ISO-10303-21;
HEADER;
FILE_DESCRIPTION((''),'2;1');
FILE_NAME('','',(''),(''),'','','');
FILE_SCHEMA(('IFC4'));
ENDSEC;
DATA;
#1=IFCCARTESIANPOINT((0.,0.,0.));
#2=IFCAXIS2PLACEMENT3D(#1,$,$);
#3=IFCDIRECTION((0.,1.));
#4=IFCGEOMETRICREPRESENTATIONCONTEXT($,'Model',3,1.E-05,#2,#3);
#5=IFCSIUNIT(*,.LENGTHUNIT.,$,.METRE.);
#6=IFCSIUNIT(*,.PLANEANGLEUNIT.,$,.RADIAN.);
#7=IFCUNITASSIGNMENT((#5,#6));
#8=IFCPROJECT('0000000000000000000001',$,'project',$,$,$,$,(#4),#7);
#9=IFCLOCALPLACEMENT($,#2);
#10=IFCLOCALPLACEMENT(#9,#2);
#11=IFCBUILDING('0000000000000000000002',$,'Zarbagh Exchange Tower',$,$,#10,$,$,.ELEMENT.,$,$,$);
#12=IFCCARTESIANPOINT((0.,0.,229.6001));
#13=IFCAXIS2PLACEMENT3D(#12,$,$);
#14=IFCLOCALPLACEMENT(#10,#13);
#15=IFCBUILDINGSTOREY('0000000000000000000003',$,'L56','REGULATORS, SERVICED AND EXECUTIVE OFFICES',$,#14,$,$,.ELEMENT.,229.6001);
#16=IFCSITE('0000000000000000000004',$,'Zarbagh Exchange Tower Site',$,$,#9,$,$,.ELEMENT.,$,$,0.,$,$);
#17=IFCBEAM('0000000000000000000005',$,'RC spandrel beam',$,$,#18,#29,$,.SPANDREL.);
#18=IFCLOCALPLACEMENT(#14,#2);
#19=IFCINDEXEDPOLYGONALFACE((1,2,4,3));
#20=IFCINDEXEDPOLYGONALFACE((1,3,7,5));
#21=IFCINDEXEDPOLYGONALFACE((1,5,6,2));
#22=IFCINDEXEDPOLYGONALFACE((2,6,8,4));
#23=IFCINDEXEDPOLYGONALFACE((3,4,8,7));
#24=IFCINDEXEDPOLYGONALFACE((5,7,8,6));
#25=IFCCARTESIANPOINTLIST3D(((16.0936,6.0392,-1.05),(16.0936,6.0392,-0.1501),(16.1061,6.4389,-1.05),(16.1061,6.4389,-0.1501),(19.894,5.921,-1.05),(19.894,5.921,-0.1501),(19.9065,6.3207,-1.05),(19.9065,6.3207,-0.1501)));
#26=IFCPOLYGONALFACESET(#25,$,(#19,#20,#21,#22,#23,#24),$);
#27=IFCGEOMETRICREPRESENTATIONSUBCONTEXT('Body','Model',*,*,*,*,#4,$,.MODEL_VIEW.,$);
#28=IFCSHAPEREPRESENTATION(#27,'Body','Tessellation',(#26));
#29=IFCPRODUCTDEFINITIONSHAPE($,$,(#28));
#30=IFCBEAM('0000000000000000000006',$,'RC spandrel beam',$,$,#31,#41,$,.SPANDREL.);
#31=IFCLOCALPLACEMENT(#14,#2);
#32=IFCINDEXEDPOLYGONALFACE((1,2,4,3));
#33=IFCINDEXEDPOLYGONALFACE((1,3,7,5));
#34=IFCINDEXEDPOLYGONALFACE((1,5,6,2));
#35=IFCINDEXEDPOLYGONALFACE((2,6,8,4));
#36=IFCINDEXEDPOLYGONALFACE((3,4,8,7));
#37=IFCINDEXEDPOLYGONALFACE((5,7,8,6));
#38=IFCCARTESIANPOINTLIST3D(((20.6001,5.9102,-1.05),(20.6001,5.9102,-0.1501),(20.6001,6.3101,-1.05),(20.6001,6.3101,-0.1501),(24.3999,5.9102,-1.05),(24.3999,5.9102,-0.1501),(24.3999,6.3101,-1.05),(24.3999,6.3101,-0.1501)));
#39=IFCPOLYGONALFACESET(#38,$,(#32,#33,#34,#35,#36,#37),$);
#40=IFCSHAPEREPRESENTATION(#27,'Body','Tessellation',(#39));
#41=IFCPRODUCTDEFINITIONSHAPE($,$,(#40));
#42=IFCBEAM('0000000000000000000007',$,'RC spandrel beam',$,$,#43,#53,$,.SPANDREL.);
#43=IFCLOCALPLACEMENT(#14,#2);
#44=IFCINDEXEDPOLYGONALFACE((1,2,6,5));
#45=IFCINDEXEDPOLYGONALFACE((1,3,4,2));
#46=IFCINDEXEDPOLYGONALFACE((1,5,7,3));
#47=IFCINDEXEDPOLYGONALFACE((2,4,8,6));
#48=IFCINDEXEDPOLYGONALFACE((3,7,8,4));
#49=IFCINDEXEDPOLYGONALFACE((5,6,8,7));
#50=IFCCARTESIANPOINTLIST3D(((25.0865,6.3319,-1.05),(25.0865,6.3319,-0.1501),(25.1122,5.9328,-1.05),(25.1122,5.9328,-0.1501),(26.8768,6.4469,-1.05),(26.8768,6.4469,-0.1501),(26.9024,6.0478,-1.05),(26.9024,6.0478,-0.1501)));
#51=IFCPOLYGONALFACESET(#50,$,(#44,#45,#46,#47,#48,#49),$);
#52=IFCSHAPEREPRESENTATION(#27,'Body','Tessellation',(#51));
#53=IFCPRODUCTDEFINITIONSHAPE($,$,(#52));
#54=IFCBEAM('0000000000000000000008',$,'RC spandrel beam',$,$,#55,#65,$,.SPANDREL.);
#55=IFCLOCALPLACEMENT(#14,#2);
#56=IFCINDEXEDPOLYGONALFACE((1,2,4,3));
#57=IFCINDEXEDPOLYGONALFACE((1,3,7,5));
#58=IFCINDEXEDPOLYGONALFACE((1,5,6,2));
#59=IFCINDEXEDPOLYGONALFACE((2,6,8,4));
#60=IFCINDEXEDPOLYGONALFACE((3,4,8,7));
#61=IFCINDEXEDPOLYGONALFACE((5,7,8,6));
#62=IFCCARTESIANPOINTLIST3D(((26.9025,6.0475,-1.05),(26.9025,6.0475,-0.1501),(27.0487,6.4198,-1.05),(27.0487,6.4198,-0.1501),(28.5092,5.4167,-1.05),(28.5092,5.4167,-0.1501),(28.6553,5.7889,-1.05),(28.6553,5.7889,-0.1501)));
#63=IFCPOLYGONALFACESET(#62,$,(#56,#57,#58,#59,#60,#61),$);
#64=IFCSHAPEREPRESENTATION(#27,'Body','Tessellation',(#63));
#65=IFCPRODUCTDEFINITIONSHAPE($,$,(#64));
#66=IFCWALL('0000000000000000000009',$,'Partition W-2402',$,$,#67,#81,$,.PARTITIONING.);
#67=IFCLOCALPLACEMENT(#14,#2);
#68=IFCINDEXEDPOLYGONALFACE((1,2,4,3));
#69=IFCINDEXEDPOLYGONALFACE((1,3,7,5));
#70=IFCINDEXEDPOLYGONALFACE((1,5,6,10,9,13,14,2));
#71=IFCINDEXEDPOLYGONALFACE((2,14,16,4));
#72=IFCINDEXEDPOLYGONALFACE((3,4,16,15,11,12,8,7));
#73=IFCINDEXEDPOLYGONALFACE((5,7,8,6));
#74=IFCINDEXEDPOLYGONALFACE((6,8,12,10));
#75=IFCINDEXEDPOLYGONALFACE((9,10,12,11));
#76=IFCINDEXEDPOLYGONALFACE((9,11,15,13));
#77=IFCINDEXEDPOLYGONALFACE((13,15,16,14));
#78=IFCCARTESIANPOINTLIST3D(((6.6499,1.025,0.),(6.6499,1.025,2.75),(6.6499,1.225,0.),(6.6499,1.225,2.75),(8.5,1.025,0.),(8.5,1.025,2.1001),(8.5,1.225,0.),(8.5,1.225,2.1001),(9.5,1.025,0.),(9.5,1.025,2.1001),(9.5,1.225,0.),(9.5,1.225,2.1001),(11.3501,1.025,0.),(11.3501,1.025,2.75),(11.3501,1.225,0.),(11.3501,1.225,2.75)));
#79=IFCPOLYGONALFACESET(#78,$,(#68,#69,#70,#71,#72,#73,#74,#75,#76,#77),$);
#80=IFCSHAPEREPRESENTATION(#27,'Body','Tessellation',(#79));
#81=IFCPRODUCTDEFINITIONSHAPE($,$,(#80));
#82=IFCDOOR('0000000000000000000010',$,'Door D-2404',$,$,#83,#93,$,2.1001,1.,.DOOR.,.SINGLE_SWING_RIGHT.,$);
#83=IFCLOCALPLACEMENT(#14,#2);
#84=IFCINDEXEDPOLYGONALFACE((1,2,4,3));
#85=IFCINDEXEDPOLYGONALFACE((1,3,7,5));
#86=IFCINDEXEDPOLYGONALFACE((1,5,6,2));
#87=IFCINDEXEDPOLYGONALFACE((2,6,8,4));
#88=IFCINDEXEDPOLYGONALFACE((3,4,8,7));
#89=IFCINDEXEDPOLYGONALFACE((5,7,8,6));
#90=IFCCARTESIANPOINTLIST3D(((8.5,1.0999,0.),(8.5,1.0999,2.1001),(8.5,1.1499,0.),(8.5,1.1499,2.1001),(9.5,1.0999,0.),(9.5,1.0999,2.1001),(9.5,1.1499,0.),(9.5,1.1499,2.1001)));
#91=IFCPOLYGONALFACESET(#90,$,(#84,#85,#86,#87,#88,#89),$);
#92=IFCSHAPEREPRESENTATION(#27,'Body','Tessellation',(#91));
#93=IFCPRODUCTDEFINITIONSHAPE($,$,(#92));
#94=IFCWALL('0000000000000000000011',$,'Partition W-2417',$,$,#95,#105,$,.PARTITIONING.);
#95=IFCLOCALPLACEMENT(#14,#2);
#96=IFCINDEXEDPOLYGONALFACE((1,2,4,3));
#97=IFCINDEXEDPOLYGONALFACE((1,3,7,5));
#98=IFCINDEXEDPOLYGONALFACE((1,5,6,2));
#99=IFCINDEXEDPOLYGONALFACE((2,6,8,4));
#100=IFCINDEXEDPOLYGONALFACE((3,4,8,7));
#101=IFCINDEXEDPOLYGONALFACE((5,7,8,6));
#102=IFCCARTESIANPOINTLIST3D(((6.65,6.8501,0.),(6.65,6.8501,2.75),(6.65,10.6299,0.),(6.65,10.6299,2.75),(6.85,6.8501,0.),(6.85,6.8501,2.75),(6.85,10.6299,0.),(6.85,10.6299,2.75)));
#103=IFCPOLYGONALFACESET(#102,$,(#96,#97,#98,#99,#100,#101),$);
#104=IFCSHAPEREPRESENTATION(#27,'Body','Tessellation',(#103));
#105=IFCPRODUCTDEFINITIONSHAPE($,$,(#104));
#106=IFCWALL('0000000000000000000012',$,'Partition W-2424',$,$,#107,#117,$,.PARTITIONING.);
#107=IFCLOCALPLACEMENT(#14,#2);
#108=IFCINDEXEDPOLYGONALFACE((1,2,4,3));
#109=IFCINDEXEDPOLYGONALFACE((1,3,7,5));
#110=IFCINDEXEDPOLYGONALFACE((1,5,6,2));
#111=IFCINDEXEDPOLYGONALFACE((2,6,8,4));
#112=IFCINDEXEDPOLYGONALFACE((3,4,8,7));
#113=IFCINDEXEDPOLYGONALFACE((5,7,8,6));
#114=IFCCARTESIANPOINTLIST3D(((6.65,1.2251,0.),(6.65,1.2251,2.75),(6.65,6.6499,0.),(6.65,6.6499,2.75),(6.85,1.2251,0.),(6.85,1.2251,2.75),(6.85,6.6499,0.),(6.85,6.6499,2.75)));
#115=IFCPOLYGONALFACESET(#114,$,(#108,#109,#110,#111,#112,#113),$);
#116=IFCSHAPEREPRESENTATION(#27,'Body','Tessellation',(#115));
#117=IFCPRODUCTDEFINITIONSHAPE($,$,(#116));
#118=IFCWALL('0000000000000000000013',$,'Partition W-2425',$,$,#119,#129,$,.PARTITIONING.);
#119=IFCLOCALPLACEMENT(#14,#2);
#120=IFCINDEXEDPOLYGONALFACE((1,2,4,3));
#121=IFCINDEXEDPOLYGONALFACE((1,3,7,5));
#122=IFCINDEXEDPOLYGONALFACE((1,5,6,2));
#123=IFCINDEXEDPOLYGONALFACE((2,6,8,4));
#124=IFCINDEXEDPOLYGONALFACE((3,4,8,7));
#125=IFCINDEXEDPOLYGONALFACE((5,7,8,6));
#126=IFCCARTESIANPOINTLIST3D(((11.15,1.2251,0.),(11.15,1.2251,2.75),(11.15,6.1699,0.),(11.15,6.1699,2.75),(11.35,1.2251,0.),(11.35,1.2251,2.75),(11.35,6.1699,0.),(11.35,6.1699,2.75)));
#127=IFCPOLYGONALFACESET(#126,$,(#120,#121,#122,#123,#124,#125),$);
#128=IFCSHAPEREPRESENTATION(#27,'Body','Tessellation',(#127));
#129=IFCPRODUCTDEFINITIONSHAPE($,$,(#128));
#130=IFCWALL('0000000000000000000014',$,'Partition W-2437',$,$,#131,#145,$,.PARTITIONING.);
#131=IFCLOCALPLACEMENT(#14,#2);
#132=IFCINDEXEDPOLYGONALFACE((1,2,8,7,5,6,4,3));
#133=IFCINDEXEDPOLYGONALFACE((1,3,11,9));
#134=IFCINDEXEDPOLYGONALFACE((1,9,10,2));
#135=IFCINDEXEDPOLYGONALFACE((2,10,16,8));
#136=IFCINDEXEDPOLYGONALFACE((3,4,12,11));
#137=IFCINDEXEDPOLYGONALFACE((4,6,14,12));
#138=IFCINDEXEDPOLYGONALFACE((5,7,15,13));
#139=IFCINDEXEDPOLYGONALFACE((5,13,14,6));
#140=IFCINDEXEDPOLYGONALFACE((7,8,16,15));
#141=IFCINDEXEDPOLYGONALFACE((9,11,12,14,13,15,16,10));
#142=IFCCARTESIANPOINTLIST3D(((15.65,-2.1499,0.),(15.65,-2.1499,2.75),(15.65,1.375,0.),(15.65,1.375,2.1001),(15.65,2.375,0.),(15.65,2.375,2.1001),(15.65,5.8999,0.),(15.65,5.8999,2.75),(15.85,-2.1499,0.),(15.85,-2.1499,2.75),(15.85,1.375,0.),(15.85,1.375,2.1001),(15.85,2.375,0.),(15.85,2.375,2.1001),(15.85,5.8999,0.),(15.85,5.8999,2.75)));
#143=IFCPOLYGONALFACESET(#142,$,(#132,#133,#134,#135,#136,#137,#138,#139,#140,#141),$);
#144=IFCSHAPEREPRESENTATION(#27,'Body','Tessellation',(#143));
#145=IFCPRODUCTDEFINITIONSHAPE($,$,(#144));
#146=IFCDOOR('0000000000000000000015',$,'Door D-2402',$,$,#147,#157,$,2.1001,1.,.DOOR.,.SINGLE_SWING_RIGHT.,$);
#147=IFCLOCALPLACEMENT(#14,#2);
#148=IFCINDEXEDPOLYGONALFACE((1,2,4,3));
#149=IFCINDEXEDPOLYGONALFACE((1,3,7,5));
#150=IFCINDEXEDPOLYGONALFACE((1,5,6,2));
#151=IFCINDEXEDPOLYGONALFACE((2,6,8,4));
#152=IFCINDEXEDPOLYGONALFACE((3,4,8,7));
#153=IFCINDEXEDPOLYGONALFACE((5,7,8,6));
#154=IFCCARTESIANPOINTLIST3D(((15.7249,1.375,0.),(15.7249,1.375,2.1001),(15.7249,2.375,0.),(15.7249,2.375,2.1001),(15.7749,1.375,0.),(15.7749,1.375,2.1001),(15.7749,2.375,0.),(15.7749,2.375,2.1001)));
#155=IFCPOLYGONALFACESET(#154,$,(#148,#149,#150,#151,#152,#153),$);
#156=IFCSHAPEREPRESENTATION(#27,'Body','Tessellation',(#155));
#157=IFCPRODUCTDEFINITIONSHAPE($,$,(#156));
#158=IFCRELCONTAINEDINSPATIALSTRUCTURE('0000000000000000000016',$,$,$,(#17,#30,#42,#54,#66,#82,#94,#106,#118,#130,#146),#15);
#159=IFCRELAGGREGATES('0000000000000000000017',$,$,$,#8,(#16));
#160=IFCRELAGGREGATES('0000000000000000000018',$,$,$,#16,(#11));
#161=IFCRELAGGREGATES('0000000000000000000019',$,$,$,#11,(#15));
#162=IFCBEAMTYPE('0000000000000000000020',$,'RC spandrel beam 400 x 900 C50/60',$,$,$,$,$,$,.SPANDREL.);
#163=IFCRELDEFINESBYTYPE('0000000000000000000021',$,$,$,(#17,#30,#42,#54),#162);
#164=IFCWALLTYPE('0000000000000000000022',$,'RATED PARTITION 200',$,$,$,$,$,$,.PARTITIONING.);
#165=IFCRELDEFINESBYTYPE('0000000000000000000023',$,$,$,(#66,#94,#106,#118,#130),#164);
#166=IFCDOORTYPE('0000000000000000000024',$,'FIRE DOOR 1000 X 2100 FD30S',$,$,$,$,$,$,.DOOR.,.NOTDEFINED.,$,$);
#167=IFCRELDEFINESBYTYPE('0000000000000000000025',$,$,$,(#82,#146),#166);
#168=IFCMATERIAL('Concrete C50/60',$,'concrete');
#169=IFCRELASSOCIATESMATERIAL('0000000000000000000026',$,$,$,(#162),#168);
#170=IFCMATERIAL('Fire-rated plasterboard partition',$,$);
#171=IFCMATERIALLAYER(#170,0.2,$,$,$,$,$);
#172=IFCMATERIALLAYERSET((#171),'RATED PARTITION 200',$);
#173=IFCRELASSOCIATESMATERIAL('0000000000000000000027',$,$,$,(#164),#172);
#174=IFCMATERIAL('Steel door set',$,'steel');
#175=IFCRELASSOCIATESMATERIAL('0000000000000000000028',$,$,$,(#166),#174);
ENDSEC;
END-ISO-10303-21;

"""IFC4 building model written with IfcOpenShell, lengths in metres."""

from ifc_helpers import new_model, si_unit, direction, frame, frame_2d, origin, origin_2d, place, context, subcontext, project, spatial, rectangle, extrude, material, layer, layer_set, material_profile, profile_set, type_object, element, fill, save


model = new_model("IFC4")

# Units and contexts
model_context = context("Model", 3, precision=1e-05, world=origin(), true_north=direction((0.0, 1.0)))
body_context = subcontext(model_context, "Body", "Model", "MODEL_VIEW")
ifc_project = project(units=[si_unit("LENGTHUNIT", "METRE"), si_unit("PLANEANGLEUNIT", "RADIAN")], contexts=[model_context])

# Site, building, storey
site_placement = place(None, origin())
site = spatial("IfcSite", under=ifc_project, at=site_placement, Name="Zarbagh Exchange Tower Site", CompositionType="ELEMENT", RefElevation=0.0)
building_placement = place(site_placement, origin())
building = spatial("IfcBuilding", under=site, at=building_placement, Name="Zarbagh Exchange Tower", CompositionType="ELEMENT")
storey_placement = place(building_placement, frame((0.0, 0.0, 229.6001)))
storey = spatial("IfcBuildingStorey", under=building, at=storey_placement, Name="L56", Description="REGULATORS, SERVICED AND EXECUTIVE OFFICES", CompositionType="ELEMENT", Elevation=229.6001)

# Shared definitions
ifc_material_1 = material(Name="Concrete C50/60", Category="concrete")

# Beams
ifc_material_profile_1 = material_profile(ifc_material_1, rectangle(XDim=0.3999, YDim=0.8999, at=origin_2d()), Name="RC spandrel beam 400 x 900 C50/60")
ifc_profile_set_1 = profile_set([ifc_material_profile_1], Name="Concrete C50/60")
beam_type_1 = type_object("IfcBeamType", Name="RC spandrel beam 400 x 900 C50/60", PredefinedType="SPANDREL", material=ifc_profile_set_1)
beam_1_placement = place(storey_placement, frame((16.0999, 6.239, -0.6001), z_axis=(0.999517, -0.031078, 0.0), x_axis=(0.031078, 0.999517, 0.0)))
element("IfcBeam", 1, at=beam_1_placement, inside=storey, type_object=beam_type_1, Name="RC spandrel beam", PredefinedType="SPANDREL", context=body_context, shape_type="SweptSolid", body=[
    extrude(rectangle(XDim=0.3999, YDim=0.8999, at=origin_2d()), origin(), (0.0, 0.0, 1.0), 3.8022),
])
beam_2_placement = place(storey_placement, frame((20.6001, 6.1101, -0.6001), z_axis=(1.0, 0.0, 0.0), x_axis=(0.0, 1.0, 0.0)))
element("IfcBeam", 2, at=beam_2_placement, inside=storey, type_object=beam_type_1, Name="RC spandrel beam", PredefinedType="SPANDREL", context=body_context, shape_type="SweptSolid", body=[
    extrude(rectangle(XDim=0.3999, YDim=0.8999, at=origin_2d()), origin(), (0.0, 0.0, 1.0), 3.7998),
])
beam_3_placement = place(storey_placement, frame((25.0994, 6.1323, -0.6001), z_axis=(0.997944, 0.064098, 0.0), x_axis=(-0.064098, 0.997944, 0.0)))
element("IfcBeam", 3, at=beam_3_placement, inside=storey, type_object=beam_type_1, Name="RC spandrel beam", PredefinedType="SPANDREL", context=body_context, shape_type="SweptSolid", body=[
    extrude(rectangle(XDim=0.3999, YDim=0.8999, at=origin_2d()), origin(), (0.0, 0.0, 1.0), 1.7939),
])
beam_4_placement = place(storey_placement, frame((26.9756, 6.2336, -0.6001), z_axis=(0.930819, -0.365482, 0.0), x_axis=(0.365482, 0.930819, 0.0)))
element("IfcBeam", 4, at=beam_4_placement, inside=storey, type_object=beam_type_1, Name="RC spandrel beam", PredefinedType="SPANDREL", context=body_context, shape_type="SweptSolid", body=[
    extrude(rectangle(XDim=0.3999, YDim=0.8999, at=origin_2d()), origin(), (0.0, 0.0, 1.0), 1.7261),
])

# Wall, opening, door
ifc_material_2 = material(Name="Fire-rated plasterboard partition")
ifc_layer = layer(ifc_material_2, 0.2)
ifc_layer_set = layer_set([ifc_layer], Name="RATED PARTITION 200")
wall_type = type_object("IfcWallType", Name="RATED PARTITION 200", PredefinedType="PARTITIONING", material=ifc_layer_set)
wall_1_placement = place(storey_placement, frame((6.6499, 1.125, 0.0), z_axis=(0.0, 0.0, 1.0), x_axis=(1.0, 0.0, 0.0)))
wall_1 = element("IfcWall", 5, at=wall_1_placement, inside=storey, type_object=wall_type, Name="Partition W-2402", PredefinedType="PARTITIONING", context=body_context, shape_type="SweptSolid", body=[
    extrude(rectangle(XDim=4.7002, YDim=0.2, at=frame_2d((2.3501, 0.0))), origin(), (0.0, 0.0, 1.0), 2.75),
])
opening_1_placement = place(wall_1_placement, frame((1.8501, 0.0, 0.0)))
opening_1 = element("IfcOpeningElement", 6, at=opening_1_placement, cuts=wall_1, PredefinedType="OPENING", context=body_context, shape_type="SweptSolid", body=[
    extrude(rectangle(XDim=1.0, YDim=2.1001, at=frame_2d((0.5, 1.05))), frame((0.0, 0.1099, 0.0), z_axis=(0.0, -1.0, 0.0), x_axis=(1.0, 0.0, 0.0)), (0.0, 0.0, 1.0), 0.22),
])
ifc_material_3 = material(Name="Steel door set", Category="steel")
door_type = type_object("IfcDoorType", Name="FIRE DOOR 1000 X 2100 FD30S", OperationType="NOTDEFINED", PredefinedType="DOOR", material=ifc_material_3)
door_1_placement = place(opening_1_placement, origin())
door_1 = element("IfcDoor", 7, at=door_1_placement, inside=storey, type_object=door_type, Name="Door D-2404", OperationType="SINGLE_SWING_RIGHT", OverallHeight=2.1001, OverallWidth=1.0, PredefinedType="DOOR", context=body_context, shape_type="SweptSolid", body=[
    extrude(rectangle(XDim=1.0, YDim=2.1001, at=frame_2d((0.5, 1.05))), frame((0.0, 0.0249, 0.0), z_axis=(0.0, -1.0, 0.0), x_axis=(1.0, 0.0, 0.0)), (0.0, 0.0, 1.0), 0.05),
])
fill(opening_1, door_1)

# Walls
wall_2_placement = place(storey_placement, frame((6.75, 6.8501, 0.0), z_axis=(0.0, 0.0, 1.0), x_axis=(0.0, 1.0, 0.0)))
element("IfcWall", 8, at=wall_2_placement, inside=storey, type_object=wall_type, Name="Partition W-2417", PredefinedType="PARTITIONING", context=body_context, shape_type="SweptSolid", body=[
    extrude(rectangle(XDim=3.7798, YDim=0.2, at=frame_2d((1.8899, 0.0))), origin(), (0.0, 0.0, 1.0), 2.75),
])
wall_3_placement = place(storey_placement, frame((6.75, 1.2251, 0.0), z_axis=(0.0, 0.0, 1.0), x_axis=(0.0, 1.0, 0.0)))
element("IfcWall", 9, at=wall_3_placement, inside=storey, type_object=wall_type, Name="Partition W-2424", PredefinedType="PARTITIONING", context=body_context, shape_type="SweptSolid", body=[
    extrude(rectangle(XDim=5.4248, YDim=0.2, at=frame_2d((2.7124, 0.0))), origin(), (0.0, 0.0, 1.0), 2.75),
])
wall_4_placement = place(storey_placement, frame((11.25, 1.2251, 0.0), z_axis=(0.0, 0.0, 1.0), x_axis=(0.0, 1.0, 0.0)))
element("IfcWall", 10, at=wall_4_placement, inside=storey, type_object=wall_type, Name="Partition W-2425", PredefinedType="PARTITIONING", context=body_context, shape_type="SweptSolid", body=[
    extrude(rectangle(XDim=4.9448, YDim=0.2, at=frame_2d((2.4724, 0.0))), origin(), (0.0, 0.0, 1.0), 2.75),
])

# Wall, opening, door
wall_5_placement = place(storey_placement, frame((15.75, 5.8999, 0.0), z_axis=(0.0, 0.0, 1.0), x_axis=(0.0, -1.0, 0.0)))
wall_5 = element("IfcWall", 11, at=wall_5_placement, inside=storey, type_object=wall_type, Name="Partition W-2437", PredefinedType="PARTITIONING", context=body_context, shape_type="SweptSolid", body=[
    extrude(rectangle(XDim=8.0498, YDim=0.2, at=frame_2d((4.0249, 0.0))), origin(), (0.0, 0.0, 1.0), 2.75),
])
opening_2_placement = place(wall_5_placement, frame((3.5249, 0.0, 0.0)))
opening_2 = element("IfcOpeningElement", 12, at=opening_2_placement, cuts=wall_5, PredefinedType="OPENING", context=body_context, shape_type="SweptSolid", body=[
    extrude(rectangle(XDim=1.0, YDim=2.1001, at=frame_2d((0.5, 1.05))), frame((0.0, 0.1099, 0.0), z_axis=(0.0, -1.0, 0.0), x_axis=(1.0, 0.0, 0.0)), (0.0, 0.0, 1.0), 0.22),
])
door_2_placement = place(opening_2_placement, origin())
door_2 = element("IfcDoor", 13, at=door_2_placement, inside=storey, type_object=door_type, Name="Door D-2402", OperationType="SINGLE_SWING_RIGHT", OverallHeight=2.1001, OverallWidth=1.0, PredefinedType="DOOR", context=body_context, shape_type="SweptSolid", body=[
    extrude(rectangle(XDim=1.0, YDim=2.1001, at=frame_2d((0.5, 1.05))), frame((0.0, 0.0249, 0.0), z_axis=(0.0, -1.0, 0.0), x_axis=(1.0, 0.0, 0.0)), (0.0, 0.0, 1.0), 0.05),
])
fill(opening_2, door_2)

save(model, "model.ifc")
